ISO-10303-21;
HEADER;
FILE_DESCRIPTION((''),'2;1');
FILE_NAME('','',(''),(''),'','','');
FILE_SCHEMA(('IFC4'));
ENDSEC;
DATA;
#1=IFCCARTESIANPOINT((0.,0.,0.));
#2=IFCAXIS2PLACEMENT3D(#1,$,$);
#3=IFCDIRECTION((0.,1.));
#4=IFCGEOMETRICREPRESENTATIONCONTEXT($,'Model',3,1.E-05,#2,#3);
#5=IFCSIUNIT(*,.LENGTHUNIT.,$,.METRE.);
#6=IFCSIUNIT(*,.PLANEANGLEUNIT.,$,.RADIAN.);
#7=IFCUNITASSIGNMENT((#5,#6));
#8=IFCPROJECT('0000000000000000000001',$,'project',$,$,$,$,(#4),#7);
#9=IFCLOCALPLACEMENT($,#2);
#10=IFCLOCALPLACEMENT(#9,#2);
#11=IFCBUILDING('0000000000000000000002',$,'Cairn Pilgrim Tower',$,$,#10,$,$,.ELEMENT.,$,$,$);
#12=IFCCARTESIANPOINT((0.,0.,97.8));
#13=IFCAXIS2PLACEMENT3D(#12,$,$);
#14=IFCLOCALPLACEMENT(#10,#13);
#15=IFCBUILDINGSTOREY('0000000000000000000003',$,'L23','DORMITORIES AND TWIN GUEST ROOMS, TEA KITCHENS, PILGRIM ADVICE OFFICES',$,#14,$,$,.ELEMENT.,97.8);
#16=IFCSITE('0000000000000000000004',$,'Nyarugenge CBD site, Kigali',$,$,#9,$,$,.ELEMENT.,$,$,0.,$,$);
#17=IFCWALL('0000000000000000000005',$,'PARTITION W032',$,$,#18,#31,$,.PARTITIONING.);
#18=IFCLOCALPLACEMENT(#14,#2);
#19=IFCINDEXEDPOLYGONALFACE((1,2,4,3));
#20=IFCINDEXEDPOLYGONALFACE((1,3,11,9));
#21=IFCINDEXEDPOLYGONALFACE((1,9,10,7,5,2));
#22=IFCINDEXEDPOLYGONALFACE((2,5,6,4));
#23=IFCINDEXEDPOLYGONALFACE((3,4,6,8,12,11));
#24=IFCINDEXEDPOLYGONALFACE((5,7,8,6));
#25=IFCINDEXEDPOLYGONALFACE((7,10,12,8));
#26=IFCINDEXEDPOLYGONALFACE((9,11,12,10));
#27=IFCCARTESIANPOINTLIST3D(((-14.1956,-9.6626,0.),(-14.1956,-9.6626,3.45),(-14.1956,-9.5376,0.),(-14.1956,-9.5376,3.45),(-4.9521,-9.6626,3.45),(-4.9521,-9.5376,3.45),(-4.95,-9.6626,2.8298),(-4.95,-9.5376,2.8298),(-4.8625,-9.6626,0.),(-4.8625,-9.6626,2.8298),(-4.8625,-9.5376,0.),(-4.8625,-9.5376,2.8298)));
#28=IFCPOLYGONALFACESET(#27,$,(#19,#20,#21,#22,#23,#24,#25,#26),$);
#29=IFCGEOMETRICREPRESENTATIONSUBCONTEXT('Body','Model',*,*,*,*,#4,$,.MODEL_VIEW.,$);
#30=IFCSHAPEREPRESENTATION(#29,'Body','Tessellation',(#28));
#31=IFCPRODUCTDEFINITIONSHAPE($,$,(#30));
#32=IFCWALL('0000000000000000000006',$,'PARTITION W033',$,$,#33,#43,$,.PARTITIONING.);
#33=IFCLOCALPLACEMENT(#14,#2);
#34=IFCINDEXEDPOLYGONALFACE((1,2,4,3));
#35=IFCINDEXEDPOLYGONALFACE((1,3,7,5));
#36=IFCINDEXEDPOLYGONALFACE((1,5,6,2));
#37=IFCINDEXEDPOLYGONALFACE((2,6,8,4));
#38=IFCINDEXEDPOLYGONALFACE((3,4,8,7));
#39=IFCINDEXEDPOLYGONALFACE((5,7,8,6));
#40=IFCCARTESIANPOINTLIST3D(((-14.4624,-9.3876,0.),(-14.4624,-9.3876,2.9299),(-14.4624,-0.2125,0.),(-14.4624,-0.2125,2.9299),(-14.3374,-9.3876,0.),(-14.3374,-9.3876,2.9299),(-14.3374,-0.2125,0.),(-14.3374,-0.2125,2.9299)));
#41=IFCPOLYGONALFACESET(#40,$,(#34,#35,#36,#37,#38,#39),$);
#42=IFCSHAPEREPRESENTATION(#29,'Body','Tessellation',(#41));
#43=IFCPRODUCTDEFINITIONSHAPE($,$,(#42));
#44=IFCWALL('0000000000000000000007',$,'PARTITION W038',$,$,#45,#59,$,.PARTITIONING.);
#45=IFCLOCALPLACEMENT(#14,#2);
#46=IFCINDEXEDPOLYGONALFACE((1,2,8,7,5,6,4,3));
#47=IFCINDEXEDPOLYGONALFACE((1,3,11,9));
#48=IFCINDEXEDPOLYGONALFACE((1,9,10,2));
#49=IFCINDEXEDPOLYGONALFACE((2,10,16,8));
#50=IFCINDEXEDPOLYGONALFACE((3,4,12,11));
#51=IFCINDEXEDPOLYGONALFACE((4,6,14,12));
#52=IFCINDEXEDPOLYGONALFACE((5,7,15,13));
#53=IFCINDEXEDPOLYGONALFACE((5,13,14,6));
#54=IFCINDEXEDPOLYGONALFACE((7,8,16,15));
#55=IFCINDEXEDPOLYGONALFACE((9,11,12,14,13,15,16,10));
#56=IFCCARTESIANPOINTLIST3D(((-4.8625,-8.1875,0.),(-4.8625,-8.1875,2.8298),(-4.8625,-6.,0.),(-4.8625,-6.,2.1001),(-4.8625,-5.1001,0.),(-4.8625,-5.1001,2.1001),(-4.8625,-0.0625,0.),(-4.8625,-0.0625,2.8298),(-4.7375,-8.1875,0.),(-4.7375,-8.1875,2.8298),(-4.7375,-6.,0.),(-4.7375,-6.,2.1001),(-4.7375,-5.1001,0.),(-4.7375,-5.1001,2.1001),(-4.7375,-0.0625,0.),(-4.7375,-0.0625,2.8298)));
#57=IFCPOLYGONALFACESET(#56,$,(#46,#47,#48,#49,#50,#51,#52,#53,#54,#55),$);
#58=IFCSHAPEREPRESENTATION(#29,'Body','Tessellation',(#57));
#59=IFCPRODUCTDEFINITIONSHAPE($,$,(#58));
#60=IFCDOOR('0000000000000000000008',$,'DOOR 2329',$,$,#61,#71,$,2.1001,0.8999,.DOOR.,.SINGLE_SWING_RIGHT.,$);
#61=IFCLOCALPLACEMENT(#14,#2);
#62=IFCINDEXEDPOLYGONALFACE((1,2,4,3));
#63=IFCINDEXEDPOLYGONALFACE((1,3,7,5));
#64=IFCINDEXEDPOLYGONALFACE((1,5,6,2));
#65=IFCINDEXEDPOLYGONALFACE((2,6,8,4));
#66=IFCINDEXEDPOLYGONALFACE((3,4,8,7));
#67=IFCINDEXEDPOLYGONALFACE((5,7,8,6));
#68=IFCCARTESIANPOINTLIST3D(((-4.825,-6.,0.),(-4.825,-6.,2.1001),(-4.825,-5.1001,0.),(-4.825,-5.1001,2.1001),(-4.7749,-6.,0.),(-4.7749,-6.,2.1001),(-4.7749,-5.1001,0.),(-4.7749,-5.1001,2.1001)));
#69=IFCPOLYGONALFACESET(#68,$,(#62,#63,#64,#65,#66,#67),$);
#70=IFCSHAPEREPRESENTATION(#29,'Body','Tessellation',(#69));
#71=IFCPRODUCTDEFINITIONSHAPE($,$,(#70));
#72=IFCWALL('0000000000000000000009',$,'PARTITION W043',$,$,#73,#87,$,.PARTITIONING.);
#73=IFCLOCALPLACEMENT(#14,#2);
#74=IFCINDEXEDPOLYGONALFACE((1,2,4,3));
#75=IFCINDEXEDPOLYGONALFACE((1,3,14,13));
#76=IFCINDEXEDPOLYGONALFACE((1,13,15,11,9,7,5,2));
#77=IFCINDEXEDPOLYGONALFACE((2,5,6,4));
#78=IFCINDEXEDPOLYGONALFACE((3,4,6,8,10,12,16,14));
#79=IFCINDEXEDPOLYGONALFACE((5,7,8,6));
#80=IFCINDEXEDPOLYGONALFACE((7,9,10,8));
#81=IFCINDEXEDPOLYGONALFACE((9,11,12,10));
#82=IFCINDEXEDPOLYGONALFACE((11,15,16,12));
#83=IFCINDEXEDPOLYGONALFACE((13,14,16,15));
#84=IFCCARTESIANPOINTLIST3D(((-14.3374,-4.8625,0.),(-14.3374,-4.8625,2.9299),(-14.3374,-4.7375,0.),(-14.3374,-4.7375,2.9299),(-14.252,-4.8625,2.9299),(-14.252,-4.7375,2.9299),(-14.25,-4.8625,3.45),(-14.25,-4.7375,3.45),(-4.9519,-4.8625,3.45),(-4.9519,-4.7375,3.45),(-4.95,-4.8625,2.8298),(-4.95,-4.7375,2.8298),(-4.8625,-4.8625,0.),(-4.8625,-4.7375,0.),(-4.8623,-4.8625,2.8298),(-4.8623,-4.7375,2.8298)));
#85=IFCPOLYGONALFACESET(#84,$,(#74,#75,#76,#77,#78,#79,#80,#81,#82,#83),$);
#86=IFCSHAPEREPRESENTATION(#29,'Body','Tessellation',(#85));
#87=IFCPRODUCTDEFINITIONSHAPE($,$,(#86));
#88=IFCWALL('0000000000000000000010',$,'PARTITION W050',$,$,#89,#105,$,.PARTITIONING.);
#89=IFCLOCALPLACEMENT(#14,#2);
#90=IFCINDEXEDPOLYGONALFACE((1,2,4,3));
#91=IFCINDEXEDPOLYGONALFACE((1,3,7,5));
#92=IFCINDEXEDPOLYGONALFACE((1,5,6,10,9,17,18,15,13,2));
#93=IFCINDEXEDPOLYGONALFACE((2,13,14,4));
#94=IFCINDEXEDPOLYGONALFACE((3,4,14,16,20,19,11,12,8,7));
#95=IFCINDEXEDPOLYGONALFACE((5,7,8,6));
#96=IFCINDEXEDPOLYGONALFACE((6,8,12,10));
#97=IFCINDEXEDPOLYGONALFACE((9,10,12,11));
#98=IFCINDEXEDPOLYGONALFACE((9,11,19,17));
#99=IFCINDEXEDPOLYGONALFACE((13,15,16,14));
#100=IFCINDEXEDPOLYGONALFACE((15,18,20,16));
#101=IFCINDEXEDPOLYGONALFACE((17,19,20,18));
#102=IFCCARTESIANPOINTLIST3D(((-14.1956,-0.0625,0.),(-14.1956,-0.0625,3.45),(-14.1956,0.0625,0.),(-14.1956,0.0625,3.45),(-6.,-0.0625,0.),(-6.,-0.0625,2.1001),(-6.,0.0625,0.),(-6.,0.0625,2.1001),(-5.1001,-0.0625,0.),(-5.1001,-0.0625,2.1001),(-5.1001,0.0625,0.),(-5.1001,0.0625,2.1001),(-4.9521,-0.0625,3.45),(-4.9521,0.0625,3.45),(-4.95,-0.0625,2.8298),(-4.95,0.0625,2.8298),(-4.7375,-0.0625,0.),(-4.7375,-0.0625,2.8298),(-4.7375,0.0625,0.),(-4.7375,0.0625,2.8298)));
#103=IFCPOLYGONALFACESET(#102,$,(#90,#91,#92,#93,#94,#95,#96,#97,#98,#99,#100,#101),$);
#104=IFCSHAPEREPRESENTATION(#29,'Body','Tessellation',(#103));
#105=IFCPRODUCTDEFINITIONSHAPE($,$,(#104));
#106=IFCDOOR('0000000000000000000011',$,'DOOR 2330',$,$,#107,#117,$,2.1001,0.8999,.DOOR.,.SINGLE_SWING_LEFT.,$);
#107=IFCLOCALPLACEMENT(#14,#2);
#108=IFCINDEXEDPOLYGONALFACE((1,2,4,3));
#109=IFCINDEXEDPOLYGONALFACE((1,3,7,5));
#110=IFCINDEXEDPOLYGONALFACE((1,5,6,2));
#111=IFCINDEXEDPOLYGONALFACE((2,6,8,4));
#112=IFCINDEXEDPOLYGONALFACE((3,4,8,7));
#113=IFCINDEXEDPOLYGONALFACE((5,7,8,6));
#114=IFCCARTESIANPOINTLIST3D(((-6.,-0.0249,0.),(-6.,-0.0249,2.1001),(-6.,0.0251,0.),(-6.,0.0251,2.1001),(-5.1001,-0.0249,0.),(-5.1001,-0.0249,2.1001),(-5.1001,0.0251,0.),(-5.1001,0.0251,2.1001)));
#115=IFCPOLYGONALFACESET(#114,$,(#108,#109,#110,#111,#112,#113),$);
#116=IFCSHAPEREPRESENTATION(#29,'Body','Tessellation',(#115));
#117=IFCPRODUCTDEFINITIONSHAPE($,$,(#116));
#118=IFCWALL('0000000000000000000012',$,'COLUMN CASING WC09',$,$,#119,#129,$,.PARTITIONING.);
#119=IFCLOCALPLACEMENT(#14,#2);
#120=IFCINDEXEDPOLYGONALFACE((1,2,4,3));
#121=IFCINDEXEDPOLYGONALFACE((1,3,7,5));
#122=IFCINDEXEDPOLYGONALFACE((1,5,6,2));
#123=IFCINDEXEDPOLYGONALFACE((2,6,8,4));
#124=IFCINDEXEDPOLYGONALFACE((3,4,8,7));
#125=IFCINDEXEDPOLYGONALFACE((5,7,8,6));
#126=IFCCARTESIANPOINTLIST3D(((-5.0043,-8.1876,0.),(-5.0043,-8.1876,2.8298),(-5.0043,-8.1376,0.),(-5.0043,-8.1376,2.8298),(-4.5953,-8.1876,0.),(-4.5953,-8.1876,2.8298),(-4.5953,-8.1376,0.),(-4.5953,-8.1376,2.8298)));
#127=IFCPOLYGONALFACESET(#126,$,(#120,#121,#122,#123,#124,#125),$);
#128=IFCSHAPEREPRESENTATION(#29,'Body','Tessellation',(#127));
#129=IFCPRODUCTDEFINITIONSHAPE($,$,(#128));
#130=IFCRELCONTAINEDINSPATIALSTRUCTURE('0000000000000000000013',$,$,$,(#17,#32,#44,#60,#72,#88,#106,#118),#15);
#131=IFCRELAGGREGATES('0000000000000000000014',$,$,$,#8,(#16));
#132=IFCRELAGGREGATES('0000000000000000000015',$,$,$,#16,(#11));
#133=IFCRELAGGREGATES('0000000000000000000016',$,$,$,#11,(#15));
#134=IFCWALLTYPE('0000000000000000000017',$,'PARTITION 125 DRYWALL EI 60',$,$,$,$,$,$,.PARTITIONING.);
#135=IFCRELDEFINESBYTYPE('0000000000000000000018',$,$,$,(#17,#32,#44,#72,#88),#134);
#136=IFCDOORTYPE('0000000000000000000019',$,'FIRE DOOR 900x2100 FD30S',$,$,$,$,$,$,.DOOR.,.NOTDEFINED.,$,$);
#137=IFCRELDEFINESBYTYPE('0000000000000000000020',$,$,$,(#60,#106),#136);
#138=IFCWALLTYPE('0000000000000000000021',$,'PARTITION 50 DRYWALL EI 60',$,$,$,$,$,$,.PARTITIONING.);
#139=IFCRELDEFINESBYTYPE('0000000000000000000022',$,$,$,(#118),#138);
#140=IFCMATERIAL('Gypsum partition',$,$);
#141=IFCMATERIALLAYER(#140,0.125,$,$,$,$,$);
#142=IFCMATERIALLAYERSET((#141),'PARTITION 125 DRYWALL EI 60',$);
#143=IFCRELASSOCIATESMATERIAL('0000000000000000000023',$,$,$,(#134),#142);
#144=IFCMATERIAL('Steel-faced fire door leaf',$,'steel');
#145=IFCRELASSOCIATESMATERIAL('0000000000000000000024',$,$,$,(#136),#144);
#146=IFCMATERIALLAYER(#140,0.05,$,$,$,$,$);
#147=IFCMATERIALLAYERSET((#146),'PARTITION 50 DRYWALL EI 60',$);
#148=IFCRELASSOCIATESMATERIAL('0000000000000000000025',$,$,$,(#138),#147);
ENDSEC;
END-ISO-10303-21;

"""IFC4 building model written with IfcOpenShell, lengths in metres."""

from ifc_helpers import new_model, si_unit, direction, frame, frame_2d, origin, place, context, subcontext, project, spatial, polyline, rectangle, outline, extrude, material, layer, layer_set, type_object, element, fill, save


model = new_model("IFC4")

# Units and contexts
model_context = context("Model", 3, precision=1e-05, world=origin(), true_north=direction((0.0, 1.0)))
body_context = subcontext(model_context, "Body", "Model", "MODEL_VIEW")
ifc_project = project(units=[si_unit("LENGTHUNIT", "METRE"), si_unit("PLANEANGLEUNIT", "RADIAN")], contexts=[model_context])

# Site, building, storey
site_placement = place(None, origin())
site = spatial("IfcSite", under=ifc_project, at=site_placement, Name="Nyarugenge CBD site, Kigali", CompositionType="ELEMENT", RefElevation=0.0)
building_placement = place(site_placement, origin())
building = spatial("IfcBuilding", under=site, at=building_placement, Name="Cairn Pilgrim Tower", CompositionType="ELEMENT")
storey_placement = place(building_placement, frame((0.0, 0.0, 97.8)))
storey = spatial("IfcBuildingStorey", under=building, at=storey_placement, Name="L23", Description="DORMITORIES AND TWIN GUEST ROOMS, TEA KITCHENS, PILGRIM ADVICE OFFICES", CompositionType="ELEMENT", Elevation=97.8)

# Walls
ifc_material_1 = material(Name="Gypsum partition")
ifc_layer_1 = layer(ifc_material_1, 0.125)
ifc_layer_set_1 = layer_set([ifc_layer_1], Name="PARTITION 125 DRYWALL EI 60")
wall_type_1 = type_object("IfcWallType", Name="PARTITION 125 DRYWALL EI 60", PredefinedType="PARTITIONING", material=ifc_layer_set_1)
wall_1_placement = place(storey_placement, frame((-14.1956, -9.6001, 0.0), z_axis=(0.0, 0.0, 1.0), x_axis=(1.0, 0.0, 0.0)))
element("IfcWall", 1, at=wall_1_placement, inside=storey, type_object=wall_type_1, Name="PARTITION W032", PredefinedType="PARTITIONING", context=body_context, shape_type="SweptSolid", body=[
    extrude(outline(polyline([(0.0, 0.0), (9.333, 0.0), (9.333, 2.8298), (9.2456, 2.8298), (9.2434, 3.45), (0.0, 3.45), (0.0, 0.0)])), frame((0.0, 0.0625, 0.0), z_axis=(0.0, -1.0, 0.0), x_axis=(1.0, 0.0, 0.0)), (0.0, 0.0, 1.0), 0.125),
])
wall_2_placement = place(storey_placement, frame((-14.3999, -9.3875, 0.0), z_axis=(0.0, 0.0, 1.0), x_axis=(0.0, 1.0, 0.0)))
element("IfcWall", 2, at=wall_2_placement, inside=storey, type_object=wall_type_1, Name="PARTITION W033", PredefinedType="PARTITIONING", context=body_context, shape_type="SweptSolid", body=[
    extrude(rectangle(XDim=9.175, YDim=0.125, at=frame_2d((4.5874, 0.0))), origin(), (0.0, 0.0, 1.0), 2.9299),
])

# Wall, opening, door
wall_3_placement = place(storey_placement, frame((-4.8, -8.1875, 0.0), z_axis=(0.0, 0.0, 1.0), x_axis=(0.0, 1.0, 0.0)))
wall_3 = element("IfcWall", 3, at=wall_3_placement, inside=storey, type_object=wall_type_1, Name="PARTITION W038", PredefinedType="PARTITIONING", context=body_context, shape_type="SweptSolid", body=[
    extrude(rectangle(XDim=8.125, YDim=0.125, at=frame_2d((4.0625, 0.0))), origin(), (0.0, 0.0, 1.0), 2.8298),
])
opening_1_placement = place(wall_3_placement, frame((2.1875, 0.0, 0.0)))
opening_1 = element("IfcOpeningElement", 4, at=opening_1_placement, cuts=wall_3, PredefinedType="OPENING", context=body_context, shape_type="SweptSolid", body=[
    extrude(rectangle(XDim=0.8999, YDim=2.1001, at=frame_2d((0.45, 1.05))), frame((0.0, 0.0725, 0.0), z_axis=(0.0, -1.0, 0.0), x_axis=(1.0, 0.0, 0.0)), (0.0, 0.0, 1.0), 0.145),
])
ifc_material_2 = material(Name="Steel-faced fire door leaf", Category="steel")
door_type = type_object("IfcDoorType", Name="FIRE DOOR 900x2100 FD30S", OperationType="NOTDEFINED", PredefinedType="DOOR", material=ifc_material_2)
door_1_placement = place(opening_1_placement, origin())
door_1 = element("IfcDoor", 5, at=door_1_placement, inside=storey, type_object=door_type, Name="DOOR 2329", OperationType="SINGLE_SWING_RIGHT", OverallHeight=2.1001, OverallWidth=0.8999, PredefinedType="DOOR", context=body_context, shape_type="SweptSolid", body=[
    extrude(rectangle(XDim=0.8999, YDim=2.1001, at=frame_2d((0.45, 1.05))), frame((0.0, 0.0249, 0.0), z_axis=(0.0, -1.0, 0.0), x_axis=(1.0, 0.0, 0.0)), (0.0, 0.0, 1.0), 0.05),
])
fill(opening_1, door_1)

# Wall
wall_4_placement = place(storey_placement, frame((-14.3374, -4.8, 0.0), z_axis=(0.0, 0.0, 1.0), x_axis=(1.0, 0.0, 0.0)))
element("IfcWall", 6, at=wall_4_placement, inside=storey, type_object=wall_type_1, Name="PARTITION W043", PredefinedType="PARTITIONING", context=body_context, shape_type="SweptSolid", body=[
    extrude(outline(polyline([(0.0, 0.0), (9.4749, 0.0), (9.4751, 2.8298), (9.3875, 2.8298), (9.3855, 3.45), (0.0874, 3.45), (0.0854, 2.9299), (0.0, 2.9299), (0.0, 0.0)])), frame((0.0, 0.0625, 0.0), z_axis=(0.0, -1.0, 0.0), x_axis=(1.0, 0.0, 0.0)), (0.0, 0.0, 1.0), 0.125),
])

# Wall, opening, door
wall_5_placement = place(storey_placement, frame((-14.1956, 0.0, 0.0), z_axis=(0.0, 0.0, 1.0), x_axis=(1.0, 0.0, 0.0)))
wall_5 = element("IfcWall", 7, at=wall_5_placement, inside=storey, type_object=wall_type_1, Name="PARTITION W050", PredefinedType="PARTITIONING", context=body_context, shape_type="SweptSolid", body=[
    extrude(outline(polyline([(0.0, 0.0), (9.458, 0.0), (9.458, 2.8298), (9.2456, 2.8298), (9.2434, 3.45), (0.0, 3.45), (0.0, 0.0)])), frame((0.0, 0.0625, 0.0), z_axis=(0.0, -1.0, 0.0), x_axis=(1.0, 0.0, 0.0)), (0.0, 0.0, 1.0), 0.125),
])
opening_2_placement = place(wall_5_placement, frame((8.1956, 0.0, 0.0)))
opening_2 = element("IfcOpeningElement", 8, at=opening_2_placement, cuts=wall_5, PredefinedType="OPENING", context=body_context, shape_type="SweptSolid", body=[
    extrude(rectangle(XDim=0.8999, YDim=2.1001, at=frame_2d((0.45, 1.05))), frame((0.0, 0.0725, 0.0), z_axis=(0.0, -1.0, 0.0), x_axis=(1.0, 0.0, 0.0)), (0.0, 0.0, 1.0), 0.145),
])
door_2_placement = place(opening_2_placement, frame((0.8999, 0.0, 0.0), z_axis=(0.0, 0.0, 1.0), x_axis=(-1.0, 0.0, 0.0)))
door_2 = element("IfcDoor", 9, at=door_2_placement, inside=storey, type_object=door_type, Name="DOOR 2330", OperationType="SINGLE_SWING_LEFT", OverallHeight=2.1001, OverallWidth=0.8999, PredefinedType="DOOR", context=body_context, shape_type="SweptSolid", body=[
    extrude(rectangle(XDim=0.8999, YDim=2.1001, at=frame_2d((0.45, 1.05))), frame((0.0, 0.0249, 0.0), z_axis=(0.0, -1.0, 0.0), x_axis=(1.0, 0.0, 0.0)), (0.0, 0.0, 1.0), 0.05),
])
fill(opening_2, door_2)

# Wall
ifc_layer_2 = layer(ifc_material_1, 0.05)
ifc_layer_set_2 = layer_set([ifc_layer_2], Name="PARTITION 50 DRYWALL EI 60")
wall_type_2 = type_object("IfcWallType", Name="PARTITION 50 DRYWALL EI 60", PredefinedType="PARTITIONING", material=ifc_layer_set_2)
wall_6_placement = place(storey_placement, frame((-5.0044, -8.1626, 0.0), z_axis=(0.0, 0.0, 1.0), x_axis=(1.0, 0.0, 0.0)))
element("IfcWall", 10, at=wall_6_placement, inside=storey, type_object=wall_type_2, Name="COLUMN CASING WC09", PredefinedType="PARTITIONING", context=body_context, shape_type="SweptSolid", body=[
    extrude(rectangle(XDim=0.4089, YDim=0.05, at=frame_2d((0.2046, 0.0))), origin(), (0.0, 0.0, 1.0), 2.8298),
])

save(model, "model.ifc")
